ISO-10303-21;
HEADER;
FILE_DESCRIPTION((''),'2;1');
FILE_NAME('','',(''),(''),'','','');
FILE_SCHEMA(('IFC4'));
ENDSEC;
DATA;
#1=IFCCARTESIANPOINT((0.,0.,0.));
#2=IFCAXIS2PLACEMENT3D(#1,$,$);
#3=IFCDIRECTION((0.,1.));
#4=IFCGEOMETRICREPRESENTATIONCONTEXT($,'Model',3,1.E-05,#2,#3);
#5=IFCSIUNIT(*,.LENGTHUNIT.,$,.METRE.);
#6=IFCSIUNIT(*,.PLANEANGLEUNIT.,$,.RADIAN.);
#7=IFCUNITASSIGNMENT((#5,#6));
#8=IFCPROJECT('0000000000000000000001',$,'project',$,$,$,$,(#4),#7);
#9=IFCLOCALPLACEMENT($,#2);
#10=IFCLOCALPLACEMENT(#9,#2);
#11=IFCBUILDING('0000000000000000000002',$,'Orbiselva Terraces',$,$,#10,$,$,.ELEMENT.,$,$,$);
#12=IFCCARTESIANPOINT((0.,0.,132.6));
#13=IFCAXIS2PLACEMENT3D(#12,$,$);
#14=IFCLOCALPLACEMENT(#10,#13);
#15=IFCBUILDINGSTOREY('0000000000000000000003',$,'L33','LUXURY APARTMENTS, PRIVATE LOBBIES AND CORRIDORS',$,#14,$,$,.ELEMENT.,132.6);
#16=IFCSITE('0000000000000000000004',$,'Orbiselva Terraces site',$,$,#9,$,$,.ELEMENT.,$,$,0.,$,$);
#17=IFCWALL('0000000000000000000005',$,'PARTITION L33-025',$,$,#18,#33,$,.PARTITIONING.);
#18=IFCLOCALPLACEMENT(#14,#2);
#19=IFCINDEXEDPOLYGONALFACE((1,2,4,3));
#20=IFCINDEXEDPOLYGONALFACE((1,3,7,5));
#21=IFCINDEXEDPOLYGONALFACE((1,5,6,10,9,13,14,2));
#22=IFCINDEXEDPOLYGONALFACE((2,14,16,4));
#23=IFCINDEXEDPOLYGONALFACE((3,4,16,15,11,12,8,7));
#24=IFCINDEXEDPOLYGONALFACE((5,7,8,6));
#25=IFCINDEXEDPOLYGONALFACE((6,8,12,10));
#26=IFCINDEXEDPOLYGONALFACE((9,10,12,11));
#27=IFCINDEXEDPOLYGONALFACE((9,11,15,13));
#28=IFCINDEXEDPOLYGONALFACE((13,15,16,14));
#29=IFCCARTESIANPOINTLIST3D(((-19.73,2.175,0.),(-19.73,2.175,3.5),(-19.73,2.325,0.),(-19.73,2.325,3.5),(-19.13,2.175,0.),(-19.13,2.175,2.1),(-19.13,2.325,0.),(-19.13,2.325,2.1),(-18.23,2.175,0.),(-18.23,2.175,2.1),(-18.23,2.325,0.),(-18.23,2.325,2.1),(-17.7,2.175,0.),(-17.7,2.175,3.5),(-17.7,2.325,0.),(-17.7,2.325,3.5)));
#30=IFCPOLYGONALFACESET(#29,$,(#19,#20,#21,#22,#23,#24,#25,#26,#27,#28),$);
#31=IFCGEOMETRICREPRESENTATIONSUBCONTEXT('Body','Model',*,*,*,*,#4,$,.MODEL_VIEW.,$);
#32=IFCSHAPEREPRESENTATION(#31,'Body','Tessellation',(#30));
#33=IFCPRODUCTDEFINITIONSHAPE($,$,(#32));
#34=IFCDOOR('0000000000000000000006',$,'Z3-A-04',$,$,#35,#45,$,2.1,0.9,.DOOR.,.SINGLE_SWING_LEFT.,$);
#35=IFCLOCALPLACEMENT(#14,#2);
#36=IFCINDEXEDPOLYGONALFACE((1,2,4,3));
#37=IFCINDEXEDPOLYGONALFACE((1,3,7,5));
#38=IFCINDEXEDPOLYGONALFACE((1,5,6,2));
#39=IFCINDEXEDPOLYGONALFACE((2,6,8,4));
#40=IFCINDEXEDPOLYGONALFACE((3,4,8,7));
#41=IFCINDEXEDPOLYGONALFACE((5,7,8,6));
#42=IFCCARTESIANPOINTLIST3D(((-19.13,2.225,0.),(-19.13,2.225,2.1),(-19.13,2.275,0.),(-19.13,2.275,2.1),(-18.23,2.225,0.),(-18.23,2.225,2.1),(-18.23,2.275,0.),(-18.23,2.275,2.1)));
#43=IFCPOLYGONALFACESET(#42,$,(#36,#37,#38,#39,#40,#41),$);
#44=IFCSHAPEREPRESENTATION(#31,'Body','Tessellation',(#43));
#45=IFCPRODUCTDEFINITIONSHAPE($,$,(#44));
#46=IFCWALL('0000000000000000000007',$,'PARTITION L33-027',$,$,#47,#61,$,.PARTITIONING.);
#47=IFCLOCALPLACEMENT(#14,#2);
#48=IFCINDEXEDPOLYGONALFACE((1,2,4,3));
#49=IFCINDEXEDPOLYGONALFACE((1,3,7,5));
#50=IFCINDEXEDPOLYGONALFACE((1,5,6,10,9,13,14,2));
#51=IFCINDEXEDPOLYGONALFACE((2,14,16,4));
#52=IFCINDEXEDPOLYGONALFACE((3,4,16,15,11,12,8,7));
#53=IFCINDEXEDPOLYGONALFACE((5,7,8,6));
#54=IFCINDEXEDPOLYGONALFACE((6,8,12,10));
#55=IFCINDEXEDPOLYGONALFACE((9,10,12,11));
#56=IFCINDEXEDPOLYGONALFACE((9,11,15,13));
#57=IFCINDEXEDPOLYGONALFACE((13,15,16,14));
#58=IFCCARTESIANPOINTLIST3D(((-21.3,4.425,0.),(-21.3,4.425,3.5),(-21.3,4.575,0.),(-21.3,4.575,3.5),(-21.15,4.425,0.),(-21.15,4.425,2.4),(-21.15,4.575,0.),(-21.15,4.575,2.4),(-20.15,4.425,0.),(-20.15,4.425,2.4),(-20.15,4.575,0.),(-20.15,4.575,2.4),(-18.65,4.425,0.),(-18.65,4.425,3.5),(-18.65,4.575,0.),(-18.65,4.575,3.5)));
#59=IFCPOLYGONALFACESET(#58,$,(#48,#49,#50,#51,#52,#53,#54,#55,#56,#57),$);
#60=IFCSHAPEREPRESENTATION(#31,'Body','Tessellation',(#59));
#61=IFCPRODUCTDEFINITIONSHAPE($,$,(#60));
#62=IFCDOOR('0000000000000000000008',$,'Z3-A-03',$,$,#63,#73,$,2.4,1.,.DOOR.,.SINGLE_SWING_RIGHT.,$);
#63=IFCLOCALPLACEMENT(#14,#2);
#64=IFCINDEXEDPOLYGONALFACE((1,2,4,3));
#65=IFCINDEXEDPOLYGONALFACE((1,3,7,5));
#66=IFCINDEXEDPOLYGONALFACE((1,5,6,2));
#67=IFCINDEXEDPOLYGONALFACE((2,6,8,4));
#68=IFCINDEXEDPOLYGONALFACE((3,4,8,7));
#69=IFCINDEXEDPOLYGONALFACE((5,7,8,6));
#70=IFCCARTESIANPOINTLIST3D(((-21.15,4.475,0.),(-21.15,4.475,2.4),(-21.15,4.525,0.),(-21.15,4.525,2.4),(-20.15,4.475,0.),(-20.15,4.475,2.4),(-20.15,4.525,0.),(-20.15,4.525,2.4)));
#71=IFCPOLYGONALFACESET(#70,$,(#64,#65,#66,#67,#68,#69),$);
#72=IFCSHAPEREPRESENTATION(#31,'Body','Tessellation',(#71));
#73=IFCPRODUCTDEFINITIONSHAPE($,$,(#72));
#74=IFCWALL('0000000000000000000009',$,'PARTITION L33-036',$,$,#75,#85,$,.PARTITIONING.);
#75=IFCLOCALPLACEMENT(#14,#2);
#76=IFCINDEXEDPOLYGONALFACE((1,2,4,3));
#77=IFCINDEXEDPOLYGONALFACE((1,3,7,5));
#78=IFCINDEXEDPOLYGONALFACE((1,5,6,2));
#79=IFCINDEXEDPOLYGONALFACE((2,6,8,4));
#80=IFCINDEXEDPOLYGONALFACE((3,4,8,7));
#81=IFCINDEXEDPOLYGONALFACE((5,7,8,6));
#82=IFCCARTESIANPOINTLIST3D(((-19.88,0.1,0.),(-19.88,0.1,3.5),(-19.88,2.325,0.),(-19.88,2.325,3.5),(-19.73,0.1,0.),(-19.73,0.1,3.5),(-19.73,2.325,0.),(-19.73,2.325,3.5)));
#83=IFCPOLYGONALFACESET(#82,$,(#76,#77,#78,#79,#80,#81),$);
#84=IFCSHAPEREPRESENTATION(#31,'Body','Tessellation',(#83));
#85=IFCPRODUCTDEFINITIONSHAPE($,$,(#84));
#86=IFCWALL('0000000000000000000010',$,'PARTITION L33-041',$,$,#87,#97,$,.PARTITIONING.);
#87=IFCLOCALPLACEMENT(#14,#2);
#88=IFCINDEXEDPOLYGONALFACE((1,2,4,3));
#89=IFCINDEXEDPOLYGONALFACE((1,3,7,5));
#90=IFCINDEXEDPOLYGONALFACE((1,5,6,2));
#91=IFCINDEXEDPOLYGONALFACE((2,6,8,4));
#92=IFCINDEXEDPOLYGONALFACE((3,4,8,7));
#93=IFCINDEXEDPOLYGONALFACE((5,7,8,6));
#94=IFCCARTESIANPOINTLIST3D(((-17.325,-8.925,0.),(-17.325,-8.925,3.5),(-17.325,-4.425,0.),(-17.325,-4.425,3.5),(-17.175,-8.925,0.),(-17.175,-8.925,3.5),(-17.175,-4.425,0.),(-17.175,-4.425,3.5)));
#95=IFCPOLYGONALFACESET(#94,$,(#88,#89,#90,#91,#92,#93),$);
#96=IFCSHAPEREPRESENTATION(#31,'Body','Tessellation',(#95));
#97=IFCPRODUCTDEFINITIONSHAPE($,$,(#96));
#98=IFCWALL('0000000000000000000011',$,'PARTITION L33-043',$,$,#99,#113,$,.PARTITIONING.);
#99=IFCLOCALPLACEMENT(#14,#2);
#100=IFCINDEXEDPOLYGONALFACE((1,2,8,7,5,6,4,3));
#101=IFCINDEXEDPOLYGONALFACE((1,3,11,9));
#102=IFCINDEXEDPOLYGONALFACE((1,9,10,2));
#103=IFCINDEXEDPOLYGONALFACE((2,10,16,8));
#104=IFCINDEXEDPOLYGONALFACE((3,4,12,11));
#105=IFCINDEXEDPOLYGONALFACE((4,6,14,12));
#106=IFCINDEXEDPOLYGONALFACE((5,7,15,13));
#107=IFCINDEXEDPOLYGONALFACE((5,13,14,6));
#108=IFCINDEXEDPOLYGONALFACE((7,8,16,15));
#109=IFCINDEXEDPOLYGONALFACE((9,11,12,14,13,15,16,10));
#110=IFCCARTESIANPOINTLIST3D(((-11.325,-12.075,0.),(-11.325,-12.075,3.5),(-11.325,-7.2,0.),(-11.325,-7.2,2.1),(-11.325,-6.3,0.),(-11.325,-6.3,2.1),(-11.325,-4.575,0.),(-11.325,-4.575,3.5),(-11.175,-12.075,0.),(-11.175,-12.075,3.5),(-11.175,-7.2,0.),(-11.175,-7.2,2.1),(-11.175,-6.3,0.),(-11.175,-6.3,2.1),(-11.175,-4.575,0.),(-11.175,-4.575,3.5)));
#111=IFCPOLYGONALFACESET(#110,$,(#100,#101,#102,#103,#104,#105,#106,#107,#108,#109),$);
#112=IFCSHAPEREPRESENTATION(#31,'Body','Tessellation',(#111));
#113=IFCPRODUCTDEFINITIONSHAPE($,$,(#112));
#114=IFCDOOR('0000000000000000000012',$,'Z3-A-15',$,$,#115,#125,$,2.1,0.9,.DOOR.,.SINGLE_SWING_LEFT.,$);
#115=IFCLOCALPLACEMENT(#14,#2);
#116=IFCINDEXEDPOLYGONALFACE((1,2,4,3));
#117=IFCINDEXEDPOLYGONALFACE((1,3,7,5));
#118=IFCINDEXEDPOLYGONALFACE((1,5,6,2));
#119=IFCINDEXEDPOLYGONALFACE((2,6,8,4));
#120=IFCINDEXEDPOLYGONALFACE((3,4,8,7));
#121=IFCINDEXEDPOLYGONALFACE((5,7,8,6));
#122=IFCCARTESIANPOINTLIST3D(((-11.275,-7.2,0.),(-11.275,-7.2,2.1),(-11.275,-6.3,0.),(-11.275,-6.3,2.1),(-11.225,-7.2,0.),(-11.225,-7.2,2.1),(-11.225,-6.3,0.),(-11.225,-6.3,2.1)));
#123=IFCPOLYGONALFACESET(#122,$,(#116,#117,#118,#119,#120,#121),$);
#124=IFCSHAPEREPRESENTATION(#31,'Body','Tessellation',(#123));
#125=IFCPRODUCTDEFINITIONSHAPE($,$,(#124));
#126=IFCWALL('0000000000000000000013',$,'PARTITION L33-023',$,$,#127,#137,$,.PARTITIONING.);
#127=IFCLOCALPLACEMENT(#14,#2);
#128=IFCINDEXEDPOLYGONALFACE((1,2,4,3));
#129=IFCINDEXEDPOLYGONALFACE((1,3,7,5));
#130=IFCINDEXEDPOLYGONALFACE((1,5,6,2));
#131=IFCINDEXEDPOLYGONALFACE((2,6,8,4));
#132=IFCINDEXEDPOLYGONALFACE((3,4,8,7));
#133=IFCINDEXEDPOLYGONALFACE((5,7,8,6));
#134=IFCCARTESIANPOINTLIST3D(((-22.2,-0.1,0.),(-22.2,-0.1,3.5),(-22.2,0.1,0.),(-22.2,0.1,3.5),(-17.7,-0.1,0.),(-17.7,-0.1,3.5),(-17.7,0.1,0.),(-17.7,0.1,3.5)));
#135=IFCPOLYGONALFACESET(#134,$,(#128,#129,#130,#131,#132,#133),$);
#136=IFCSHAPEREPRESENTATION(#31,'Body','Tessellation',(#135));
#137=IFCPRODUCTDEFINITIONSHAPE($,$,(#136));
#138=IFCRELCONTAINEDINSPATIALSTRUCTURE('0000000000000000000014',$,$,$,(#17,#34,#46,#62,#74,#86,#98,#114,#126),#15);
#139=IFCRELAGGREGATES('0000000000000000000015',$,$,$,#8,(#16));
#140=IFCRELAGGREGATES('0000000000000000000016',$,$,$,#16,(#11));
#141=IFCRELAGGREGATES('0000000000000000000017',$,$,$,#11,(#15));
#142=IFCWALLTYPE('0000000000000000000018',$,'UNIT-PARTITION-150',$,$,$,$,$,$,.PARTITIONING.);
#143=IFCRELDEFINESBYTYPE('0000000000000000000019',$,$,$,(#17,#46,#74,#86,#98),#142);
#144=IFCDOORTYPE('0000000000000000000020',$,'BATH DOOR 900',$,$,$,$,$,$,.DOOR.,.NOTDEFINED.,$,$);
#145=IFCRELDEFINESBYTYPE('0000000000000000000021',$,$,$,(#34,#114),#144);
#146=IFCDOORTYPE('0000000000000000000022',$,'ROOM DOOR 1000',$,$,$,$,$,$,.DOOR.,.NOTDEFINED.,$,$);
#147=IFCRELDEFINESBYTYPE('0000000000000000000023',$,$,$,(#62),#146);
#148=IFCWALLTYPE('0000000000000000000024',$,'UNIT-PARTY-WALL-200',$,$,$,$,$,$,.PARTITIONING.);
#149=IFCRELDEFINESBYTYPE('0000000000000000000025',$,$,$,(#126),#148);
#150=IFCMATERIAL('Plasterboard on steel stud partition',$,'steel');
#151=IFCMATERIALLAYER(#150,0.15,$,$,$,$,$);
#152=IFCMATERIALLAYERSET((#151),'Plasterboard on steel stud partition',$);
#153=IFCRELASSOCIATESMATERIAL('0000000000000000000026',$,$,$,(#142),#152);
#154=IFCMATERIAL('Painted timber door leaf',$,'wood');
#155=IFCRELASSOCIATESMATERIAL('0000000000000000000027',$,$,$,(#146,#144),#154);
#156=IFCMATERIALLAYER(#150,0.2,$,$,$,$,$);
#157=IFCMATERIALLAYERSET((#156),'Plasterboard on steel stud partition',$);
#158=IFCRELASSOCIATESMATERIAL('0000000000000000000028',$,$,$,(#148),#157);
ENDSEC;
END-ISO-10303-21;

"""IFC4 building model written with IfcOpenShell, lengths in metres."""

from ifc_helpers import new_model, si_unit, direction, frame, frame_2d, origin, place, context, subcontext, project, spatial, rectangle, extrude, material, layer, layer_set, type_object, element, fill, save


model = new_model("IFC4")

# Units and contexts
model_context = context("Model", 3, precision=1e-05, world=origin(), true_north=direction((0.0, 1.0)))
body_context = subcontext(model_context, "Body", "Model", "MODEL_VIEW")
ifc_project = project(units=[si_unit("LENGTHUNIT", "METRE"), si_unit("PLANEANGLEUNIT", "RADIAN")], contexts=[model_context])

# Site, building, storey
site_placement = place(None, origin())
site = spatial("IfcSite", under=ifc_project, at=site_placement, Name="Orbiselva Terraces site", CompositionType="ELEMENT", RefElevation=0.0)
building_placement = place(site_placement, origin())
building = spatial("IfcBuilding", under=site, at=building_placement, Name="Orbiselva Terraces", CompositionType="ELEMENT")
storey_placement = place(building_placement, frame((0.0, 0.0, 132.6)))
storey = spatial("IfcBuildingStorey", under=building, at=storey_placement, Name="L33", Description="LUXURY APARTMENTS, PRIVATE LOBBIES AND CORRIDORS", CompositionType="ELEMENT", Elevation=132.6)

# Shared definitions
ifc_material_1 = material(Name="Plasterboard on steel stud partition", Category="steel")

# Shared definitions
ifc_layer_1 = layer(ifc_material_1, 0.15)
ifc_layer_set_1 = layer_set([ifc_layer_1], Name="Plasterboard on steel stud partition")
wall_type_1 = type_object("IfcWallType", Name="UNIT-PARTITION-150", PredefinedType="PARTITIONING", material=ifc_layer_set_1)
ifc_material_2 = material(Name="Painted timber door leaf", Category="wood")
door_type_1 = type_object("IfcDoorType", Name="ROOM DOOR 1000", OperationType="NOTDEFINED", PredefinedType="DOOR", material=ifc_material_2)

# Walls, openings, doors
wall_1_placement = place(storey_placement, frame((-17.7, 2.25, 0.0), z_axis=(0.0, 0.0, 1.0), x_axis=(-1.0, 0.0, 0.0)))
wall_1 = element("IfcWall", 1, at=wall_1_placement, inside=storey, type_object=wall_type_1, Name="PARTITION L33-025", PredefinedType="PARTITIONING", context=body_context, shape_type="SweptSolid", body=[
    extrude(rectangle(XDim=2.03, YDim=0.15, at=frame_2d((1.015, 0.0))), origin(), (0.0, 0.0, 1.0), 3.5),
])
opening_1_placement = place(wall_1_placement, frame((0.53, 0.0, 0.0)))
opening_1 = element("IfcOpeningElement", 2, at=opening_1_placement, cuts=wall_1, PredefinedType="OPENING", context=body_context, shape_type="SweptSolid", body=[
    extrude(rectangle(XDim=0.9, YDim=2.1, at=frame_2d((0.45, 1.05))), frame((0.0, 0.085, 0.0), z_axis=(0.0, -1.0, 0.0), x_axis=(1.0, 0.0, 0.0)), (0.0, 0.0, 1.0), 0.17),
])
door_type_2 = type_object("IfcDoorType", Name="BATH DOOR 900", OperationType="NOTDEFINED", PredefinedType="DOOR", material=ifc_material_2)
door_1_placement = place(opening_1_placement, origin())
door_1 = element("IfcDoor", 3, at=door_1_placement, inside=storey, type_object=door_type_2, Name="Z3-A-04", OperationType="SINGLE_SWING_LEFT", OverallHeight=2.1, OverallWidth=0.9, PredefinedType="DOOR", context=body_context, shape_type="SweptSolid", body=[
    extrude(rectangle(XDim=0.9, YDim=2.1, at=frame_2d((0.45, 1.05))), frame((0.0, 0.025, 0.0), z_axis=(0.0, -1.0, 0.0), x_axis=(1.0, 0.0, 0.0)), (0.0, 0.0, 1.0), 0.05),
])
fill(opening_1, door_1)
wall_2_placement = place(storey_placement, frame((-18.65, 4.5, 0.0), z_axis=(0.0, 0.0, 1.0), x_axis=(-1.0, 0.0, 0.0)))
wall_2 = element("IfcWall", 4, at=wall_2_placement, inside=storey, type_object=wall_type_1, Name="PARTITION L33-027", PredefinedType="PARTITIONING", context=body_context, shape_type="SweptSolid", body=[
    extrude(rectangle(XDim=2.65, YDim=0.15, at=frame_2d((1.325, 0.0))), origin(), (0.0, 0.0, 1.0), 3.5),
])
opening_2_placement = place(wall_2_placement, frame((1.5, 0.0, 0.0)))
opening_2 = element("IfcOpeningElement", 5, at=opening_2_placement, cuts=wall_2, PredefinedType="OPENING", context=body_context, shape_type="SweptSolid", body=[
    extrude(rectangle(XDim=1.0, YDim=2.4, at=frame_2d((0.5, 1.2))), frame((0.0, 0.085, 0.0), z_axis=(0.0, -1.0, 0.0), x_axis=(1.0, 0.0, 0.0)), (0.0, 0.0, 1.0), 0.17),
])
door_2_placement = place(opening_2_placement, origin())
door_2 = element("IfcDoor", 6, at=door_2_placement, inside=storey, type_object=door_type_1, Name="Z3-A-03", OperationType="SINGLE_SWING_RIGHT", OverallHeight=2.4, OverallWidth=1.0, PredefinedType="DOOR", context=body_context, shape_type="SweptSolid", body=[
    extrude(rectangle(XDim=1.0, YDim=2.4, at=frame_2d((0.5, 1.2))), frame((0.0, 0.025, 0.0), z_axis=(0.0, -1.0, 0.0), x_axis=(1.0, 0.0, 0.0)), (0.0, 0.0, 1.0), 0.05),
])
fill(opening_2, door_2)

# Walls
wall_3_placement = place(storey_placement, frame((-19.805, 0.1, 0.0), z_axis=(0.0, 0.0, 1.0), x_axis=(0.0, 1.0, 0.0)))
element("IfcWall", 7, at=wall_3_placement, inside=storey, type_object=wall_type_1, Name="PARTITION L33-036", PredefinedType="PARTITIONING", context=body_context, shape_type="SweptSolid", body=[
    extrude(rectangle(XDim=2.225, YDim=0.15, at=frame_2d((1.1125, 0.0))), origin(), (0.0, 0.0, 1.0), 3.5),
])
wall_4_placement = place(storey_placement, frame((-17.25, -8.925, 0.0), z_axis=(0.0, 0.0, 1.0), x_axis=(0.0, 1.0, 0.0)))
element("IfcWall", 8, at=wall_4_placement, inside=storey, type_object=wall_type_1, Name="PARTITION L33-041", PredefinedType="PARTITIONING", context=body_context, shape_type="SweptSolid", body=[
    extrude(rectangle(XDim=4.5, YDim=0.15, at=frame_2d((2.25, 0.0))), origin(), (0.0, 0.0, 1.0), 3.5),
])

# Wall, opening, door
wall_5_placement = place(storey_placement, frame((-11.25, -4.575, 0.0), z_axis=(0.0, 0.0, 1.0), x_axis=(0.0, -1.0, 0.0)))
wall_5 = element("IfcWall", 9, at=wall_5_placement, inside=storey, type_object=wall_type_1, Name="PARTITION L33-043", PredefinedType="PARTITIONING", context=body_context, shape_type="SweptSolid", body=[
    extrude(rectangle(XDim=7.5, YDim=0.15, at=frame_2d((3.75, 0.0))), origin(), (0.0, 0.0, 1.0), 3.5),
])
opening_3_placement = place(wall_5_placement, frame((1.725, 0.0, 0.0)))
opening_3 = element("IfcOpeningElement", 10, at=opening_3_placement, cuts=wall_5, PredefinedType="OPENING", context=body_context, shape_type="SweptSolid", body=[
    extrude(rectangle(XDim=0.9, YDim=2.1, at=frame_2d((0.45, 1.05))), frame((0.0, 0.085, 0.0), z_axis=(0.0, -1.0, 0.0), x_axis=(1.0, 0.0, 0.0)), (0.0, 0.0, 1.0), 0.17),
])
door_3_placement = place(opening_3_placement, origin())
door_3 = element("IfcDoor", 11, at=door_3_placement, inside=storey, type_object=door_type_2, Name="Z3-A-15", OperationType="SINGLE_SWING_LEFT", OverallHeight=2.1, OverallWidth=0.9, PredefinedType="DOOR", context=body_context, shape_type="SweptSolid", body=[
    extrude(rectangle(XDim=0.9, YDim=2.1, at=frame_2d((0.45, 1.05))), frame((0.0, 0.025, 0.0), z_axis=(0.0, -1.0, 0.0), x_axis=(1.0, 0.0, 0.0)), (0.0, 0.0, 1.0), 0.05),
])
fill(opening_3, door_3)

# Wall
ifc_layer_2 = layer(ifc_material_1, 0.2)
ifc_layer_set_2 = layer_set([ifc_layer_2], Name="Plasterboard on steel stud partition")
wall_type_2 = type_object("IfcWallType", Name="UNIT-PARTY-WALL-200", PredefinedType="PARTITIONING", material=ifc_layer_set_2)
wall_6_placement = place(storey_placement, frame((-22.2, 0.0, 0.0), z_axis=(0.0, 0.0, 1.0), x_axis=(1.0, 0.0, 0.0)))
element("IfcWall", 12, at=wall_6_placement, inside=storey, type_object=wall_type_2, Name="PARTITION L33-023", PredefinedType="PARTITIONING", context=body_context, shape_type="SweptSolid", body=[
    extrude(rectangle(XDim=4.5, YDim=0.2, at=frame_2d((2.25, 0.0))), origin(), (0.0, 0.0, 1.0), 3.5),
])

save(model, "model.ifc")
